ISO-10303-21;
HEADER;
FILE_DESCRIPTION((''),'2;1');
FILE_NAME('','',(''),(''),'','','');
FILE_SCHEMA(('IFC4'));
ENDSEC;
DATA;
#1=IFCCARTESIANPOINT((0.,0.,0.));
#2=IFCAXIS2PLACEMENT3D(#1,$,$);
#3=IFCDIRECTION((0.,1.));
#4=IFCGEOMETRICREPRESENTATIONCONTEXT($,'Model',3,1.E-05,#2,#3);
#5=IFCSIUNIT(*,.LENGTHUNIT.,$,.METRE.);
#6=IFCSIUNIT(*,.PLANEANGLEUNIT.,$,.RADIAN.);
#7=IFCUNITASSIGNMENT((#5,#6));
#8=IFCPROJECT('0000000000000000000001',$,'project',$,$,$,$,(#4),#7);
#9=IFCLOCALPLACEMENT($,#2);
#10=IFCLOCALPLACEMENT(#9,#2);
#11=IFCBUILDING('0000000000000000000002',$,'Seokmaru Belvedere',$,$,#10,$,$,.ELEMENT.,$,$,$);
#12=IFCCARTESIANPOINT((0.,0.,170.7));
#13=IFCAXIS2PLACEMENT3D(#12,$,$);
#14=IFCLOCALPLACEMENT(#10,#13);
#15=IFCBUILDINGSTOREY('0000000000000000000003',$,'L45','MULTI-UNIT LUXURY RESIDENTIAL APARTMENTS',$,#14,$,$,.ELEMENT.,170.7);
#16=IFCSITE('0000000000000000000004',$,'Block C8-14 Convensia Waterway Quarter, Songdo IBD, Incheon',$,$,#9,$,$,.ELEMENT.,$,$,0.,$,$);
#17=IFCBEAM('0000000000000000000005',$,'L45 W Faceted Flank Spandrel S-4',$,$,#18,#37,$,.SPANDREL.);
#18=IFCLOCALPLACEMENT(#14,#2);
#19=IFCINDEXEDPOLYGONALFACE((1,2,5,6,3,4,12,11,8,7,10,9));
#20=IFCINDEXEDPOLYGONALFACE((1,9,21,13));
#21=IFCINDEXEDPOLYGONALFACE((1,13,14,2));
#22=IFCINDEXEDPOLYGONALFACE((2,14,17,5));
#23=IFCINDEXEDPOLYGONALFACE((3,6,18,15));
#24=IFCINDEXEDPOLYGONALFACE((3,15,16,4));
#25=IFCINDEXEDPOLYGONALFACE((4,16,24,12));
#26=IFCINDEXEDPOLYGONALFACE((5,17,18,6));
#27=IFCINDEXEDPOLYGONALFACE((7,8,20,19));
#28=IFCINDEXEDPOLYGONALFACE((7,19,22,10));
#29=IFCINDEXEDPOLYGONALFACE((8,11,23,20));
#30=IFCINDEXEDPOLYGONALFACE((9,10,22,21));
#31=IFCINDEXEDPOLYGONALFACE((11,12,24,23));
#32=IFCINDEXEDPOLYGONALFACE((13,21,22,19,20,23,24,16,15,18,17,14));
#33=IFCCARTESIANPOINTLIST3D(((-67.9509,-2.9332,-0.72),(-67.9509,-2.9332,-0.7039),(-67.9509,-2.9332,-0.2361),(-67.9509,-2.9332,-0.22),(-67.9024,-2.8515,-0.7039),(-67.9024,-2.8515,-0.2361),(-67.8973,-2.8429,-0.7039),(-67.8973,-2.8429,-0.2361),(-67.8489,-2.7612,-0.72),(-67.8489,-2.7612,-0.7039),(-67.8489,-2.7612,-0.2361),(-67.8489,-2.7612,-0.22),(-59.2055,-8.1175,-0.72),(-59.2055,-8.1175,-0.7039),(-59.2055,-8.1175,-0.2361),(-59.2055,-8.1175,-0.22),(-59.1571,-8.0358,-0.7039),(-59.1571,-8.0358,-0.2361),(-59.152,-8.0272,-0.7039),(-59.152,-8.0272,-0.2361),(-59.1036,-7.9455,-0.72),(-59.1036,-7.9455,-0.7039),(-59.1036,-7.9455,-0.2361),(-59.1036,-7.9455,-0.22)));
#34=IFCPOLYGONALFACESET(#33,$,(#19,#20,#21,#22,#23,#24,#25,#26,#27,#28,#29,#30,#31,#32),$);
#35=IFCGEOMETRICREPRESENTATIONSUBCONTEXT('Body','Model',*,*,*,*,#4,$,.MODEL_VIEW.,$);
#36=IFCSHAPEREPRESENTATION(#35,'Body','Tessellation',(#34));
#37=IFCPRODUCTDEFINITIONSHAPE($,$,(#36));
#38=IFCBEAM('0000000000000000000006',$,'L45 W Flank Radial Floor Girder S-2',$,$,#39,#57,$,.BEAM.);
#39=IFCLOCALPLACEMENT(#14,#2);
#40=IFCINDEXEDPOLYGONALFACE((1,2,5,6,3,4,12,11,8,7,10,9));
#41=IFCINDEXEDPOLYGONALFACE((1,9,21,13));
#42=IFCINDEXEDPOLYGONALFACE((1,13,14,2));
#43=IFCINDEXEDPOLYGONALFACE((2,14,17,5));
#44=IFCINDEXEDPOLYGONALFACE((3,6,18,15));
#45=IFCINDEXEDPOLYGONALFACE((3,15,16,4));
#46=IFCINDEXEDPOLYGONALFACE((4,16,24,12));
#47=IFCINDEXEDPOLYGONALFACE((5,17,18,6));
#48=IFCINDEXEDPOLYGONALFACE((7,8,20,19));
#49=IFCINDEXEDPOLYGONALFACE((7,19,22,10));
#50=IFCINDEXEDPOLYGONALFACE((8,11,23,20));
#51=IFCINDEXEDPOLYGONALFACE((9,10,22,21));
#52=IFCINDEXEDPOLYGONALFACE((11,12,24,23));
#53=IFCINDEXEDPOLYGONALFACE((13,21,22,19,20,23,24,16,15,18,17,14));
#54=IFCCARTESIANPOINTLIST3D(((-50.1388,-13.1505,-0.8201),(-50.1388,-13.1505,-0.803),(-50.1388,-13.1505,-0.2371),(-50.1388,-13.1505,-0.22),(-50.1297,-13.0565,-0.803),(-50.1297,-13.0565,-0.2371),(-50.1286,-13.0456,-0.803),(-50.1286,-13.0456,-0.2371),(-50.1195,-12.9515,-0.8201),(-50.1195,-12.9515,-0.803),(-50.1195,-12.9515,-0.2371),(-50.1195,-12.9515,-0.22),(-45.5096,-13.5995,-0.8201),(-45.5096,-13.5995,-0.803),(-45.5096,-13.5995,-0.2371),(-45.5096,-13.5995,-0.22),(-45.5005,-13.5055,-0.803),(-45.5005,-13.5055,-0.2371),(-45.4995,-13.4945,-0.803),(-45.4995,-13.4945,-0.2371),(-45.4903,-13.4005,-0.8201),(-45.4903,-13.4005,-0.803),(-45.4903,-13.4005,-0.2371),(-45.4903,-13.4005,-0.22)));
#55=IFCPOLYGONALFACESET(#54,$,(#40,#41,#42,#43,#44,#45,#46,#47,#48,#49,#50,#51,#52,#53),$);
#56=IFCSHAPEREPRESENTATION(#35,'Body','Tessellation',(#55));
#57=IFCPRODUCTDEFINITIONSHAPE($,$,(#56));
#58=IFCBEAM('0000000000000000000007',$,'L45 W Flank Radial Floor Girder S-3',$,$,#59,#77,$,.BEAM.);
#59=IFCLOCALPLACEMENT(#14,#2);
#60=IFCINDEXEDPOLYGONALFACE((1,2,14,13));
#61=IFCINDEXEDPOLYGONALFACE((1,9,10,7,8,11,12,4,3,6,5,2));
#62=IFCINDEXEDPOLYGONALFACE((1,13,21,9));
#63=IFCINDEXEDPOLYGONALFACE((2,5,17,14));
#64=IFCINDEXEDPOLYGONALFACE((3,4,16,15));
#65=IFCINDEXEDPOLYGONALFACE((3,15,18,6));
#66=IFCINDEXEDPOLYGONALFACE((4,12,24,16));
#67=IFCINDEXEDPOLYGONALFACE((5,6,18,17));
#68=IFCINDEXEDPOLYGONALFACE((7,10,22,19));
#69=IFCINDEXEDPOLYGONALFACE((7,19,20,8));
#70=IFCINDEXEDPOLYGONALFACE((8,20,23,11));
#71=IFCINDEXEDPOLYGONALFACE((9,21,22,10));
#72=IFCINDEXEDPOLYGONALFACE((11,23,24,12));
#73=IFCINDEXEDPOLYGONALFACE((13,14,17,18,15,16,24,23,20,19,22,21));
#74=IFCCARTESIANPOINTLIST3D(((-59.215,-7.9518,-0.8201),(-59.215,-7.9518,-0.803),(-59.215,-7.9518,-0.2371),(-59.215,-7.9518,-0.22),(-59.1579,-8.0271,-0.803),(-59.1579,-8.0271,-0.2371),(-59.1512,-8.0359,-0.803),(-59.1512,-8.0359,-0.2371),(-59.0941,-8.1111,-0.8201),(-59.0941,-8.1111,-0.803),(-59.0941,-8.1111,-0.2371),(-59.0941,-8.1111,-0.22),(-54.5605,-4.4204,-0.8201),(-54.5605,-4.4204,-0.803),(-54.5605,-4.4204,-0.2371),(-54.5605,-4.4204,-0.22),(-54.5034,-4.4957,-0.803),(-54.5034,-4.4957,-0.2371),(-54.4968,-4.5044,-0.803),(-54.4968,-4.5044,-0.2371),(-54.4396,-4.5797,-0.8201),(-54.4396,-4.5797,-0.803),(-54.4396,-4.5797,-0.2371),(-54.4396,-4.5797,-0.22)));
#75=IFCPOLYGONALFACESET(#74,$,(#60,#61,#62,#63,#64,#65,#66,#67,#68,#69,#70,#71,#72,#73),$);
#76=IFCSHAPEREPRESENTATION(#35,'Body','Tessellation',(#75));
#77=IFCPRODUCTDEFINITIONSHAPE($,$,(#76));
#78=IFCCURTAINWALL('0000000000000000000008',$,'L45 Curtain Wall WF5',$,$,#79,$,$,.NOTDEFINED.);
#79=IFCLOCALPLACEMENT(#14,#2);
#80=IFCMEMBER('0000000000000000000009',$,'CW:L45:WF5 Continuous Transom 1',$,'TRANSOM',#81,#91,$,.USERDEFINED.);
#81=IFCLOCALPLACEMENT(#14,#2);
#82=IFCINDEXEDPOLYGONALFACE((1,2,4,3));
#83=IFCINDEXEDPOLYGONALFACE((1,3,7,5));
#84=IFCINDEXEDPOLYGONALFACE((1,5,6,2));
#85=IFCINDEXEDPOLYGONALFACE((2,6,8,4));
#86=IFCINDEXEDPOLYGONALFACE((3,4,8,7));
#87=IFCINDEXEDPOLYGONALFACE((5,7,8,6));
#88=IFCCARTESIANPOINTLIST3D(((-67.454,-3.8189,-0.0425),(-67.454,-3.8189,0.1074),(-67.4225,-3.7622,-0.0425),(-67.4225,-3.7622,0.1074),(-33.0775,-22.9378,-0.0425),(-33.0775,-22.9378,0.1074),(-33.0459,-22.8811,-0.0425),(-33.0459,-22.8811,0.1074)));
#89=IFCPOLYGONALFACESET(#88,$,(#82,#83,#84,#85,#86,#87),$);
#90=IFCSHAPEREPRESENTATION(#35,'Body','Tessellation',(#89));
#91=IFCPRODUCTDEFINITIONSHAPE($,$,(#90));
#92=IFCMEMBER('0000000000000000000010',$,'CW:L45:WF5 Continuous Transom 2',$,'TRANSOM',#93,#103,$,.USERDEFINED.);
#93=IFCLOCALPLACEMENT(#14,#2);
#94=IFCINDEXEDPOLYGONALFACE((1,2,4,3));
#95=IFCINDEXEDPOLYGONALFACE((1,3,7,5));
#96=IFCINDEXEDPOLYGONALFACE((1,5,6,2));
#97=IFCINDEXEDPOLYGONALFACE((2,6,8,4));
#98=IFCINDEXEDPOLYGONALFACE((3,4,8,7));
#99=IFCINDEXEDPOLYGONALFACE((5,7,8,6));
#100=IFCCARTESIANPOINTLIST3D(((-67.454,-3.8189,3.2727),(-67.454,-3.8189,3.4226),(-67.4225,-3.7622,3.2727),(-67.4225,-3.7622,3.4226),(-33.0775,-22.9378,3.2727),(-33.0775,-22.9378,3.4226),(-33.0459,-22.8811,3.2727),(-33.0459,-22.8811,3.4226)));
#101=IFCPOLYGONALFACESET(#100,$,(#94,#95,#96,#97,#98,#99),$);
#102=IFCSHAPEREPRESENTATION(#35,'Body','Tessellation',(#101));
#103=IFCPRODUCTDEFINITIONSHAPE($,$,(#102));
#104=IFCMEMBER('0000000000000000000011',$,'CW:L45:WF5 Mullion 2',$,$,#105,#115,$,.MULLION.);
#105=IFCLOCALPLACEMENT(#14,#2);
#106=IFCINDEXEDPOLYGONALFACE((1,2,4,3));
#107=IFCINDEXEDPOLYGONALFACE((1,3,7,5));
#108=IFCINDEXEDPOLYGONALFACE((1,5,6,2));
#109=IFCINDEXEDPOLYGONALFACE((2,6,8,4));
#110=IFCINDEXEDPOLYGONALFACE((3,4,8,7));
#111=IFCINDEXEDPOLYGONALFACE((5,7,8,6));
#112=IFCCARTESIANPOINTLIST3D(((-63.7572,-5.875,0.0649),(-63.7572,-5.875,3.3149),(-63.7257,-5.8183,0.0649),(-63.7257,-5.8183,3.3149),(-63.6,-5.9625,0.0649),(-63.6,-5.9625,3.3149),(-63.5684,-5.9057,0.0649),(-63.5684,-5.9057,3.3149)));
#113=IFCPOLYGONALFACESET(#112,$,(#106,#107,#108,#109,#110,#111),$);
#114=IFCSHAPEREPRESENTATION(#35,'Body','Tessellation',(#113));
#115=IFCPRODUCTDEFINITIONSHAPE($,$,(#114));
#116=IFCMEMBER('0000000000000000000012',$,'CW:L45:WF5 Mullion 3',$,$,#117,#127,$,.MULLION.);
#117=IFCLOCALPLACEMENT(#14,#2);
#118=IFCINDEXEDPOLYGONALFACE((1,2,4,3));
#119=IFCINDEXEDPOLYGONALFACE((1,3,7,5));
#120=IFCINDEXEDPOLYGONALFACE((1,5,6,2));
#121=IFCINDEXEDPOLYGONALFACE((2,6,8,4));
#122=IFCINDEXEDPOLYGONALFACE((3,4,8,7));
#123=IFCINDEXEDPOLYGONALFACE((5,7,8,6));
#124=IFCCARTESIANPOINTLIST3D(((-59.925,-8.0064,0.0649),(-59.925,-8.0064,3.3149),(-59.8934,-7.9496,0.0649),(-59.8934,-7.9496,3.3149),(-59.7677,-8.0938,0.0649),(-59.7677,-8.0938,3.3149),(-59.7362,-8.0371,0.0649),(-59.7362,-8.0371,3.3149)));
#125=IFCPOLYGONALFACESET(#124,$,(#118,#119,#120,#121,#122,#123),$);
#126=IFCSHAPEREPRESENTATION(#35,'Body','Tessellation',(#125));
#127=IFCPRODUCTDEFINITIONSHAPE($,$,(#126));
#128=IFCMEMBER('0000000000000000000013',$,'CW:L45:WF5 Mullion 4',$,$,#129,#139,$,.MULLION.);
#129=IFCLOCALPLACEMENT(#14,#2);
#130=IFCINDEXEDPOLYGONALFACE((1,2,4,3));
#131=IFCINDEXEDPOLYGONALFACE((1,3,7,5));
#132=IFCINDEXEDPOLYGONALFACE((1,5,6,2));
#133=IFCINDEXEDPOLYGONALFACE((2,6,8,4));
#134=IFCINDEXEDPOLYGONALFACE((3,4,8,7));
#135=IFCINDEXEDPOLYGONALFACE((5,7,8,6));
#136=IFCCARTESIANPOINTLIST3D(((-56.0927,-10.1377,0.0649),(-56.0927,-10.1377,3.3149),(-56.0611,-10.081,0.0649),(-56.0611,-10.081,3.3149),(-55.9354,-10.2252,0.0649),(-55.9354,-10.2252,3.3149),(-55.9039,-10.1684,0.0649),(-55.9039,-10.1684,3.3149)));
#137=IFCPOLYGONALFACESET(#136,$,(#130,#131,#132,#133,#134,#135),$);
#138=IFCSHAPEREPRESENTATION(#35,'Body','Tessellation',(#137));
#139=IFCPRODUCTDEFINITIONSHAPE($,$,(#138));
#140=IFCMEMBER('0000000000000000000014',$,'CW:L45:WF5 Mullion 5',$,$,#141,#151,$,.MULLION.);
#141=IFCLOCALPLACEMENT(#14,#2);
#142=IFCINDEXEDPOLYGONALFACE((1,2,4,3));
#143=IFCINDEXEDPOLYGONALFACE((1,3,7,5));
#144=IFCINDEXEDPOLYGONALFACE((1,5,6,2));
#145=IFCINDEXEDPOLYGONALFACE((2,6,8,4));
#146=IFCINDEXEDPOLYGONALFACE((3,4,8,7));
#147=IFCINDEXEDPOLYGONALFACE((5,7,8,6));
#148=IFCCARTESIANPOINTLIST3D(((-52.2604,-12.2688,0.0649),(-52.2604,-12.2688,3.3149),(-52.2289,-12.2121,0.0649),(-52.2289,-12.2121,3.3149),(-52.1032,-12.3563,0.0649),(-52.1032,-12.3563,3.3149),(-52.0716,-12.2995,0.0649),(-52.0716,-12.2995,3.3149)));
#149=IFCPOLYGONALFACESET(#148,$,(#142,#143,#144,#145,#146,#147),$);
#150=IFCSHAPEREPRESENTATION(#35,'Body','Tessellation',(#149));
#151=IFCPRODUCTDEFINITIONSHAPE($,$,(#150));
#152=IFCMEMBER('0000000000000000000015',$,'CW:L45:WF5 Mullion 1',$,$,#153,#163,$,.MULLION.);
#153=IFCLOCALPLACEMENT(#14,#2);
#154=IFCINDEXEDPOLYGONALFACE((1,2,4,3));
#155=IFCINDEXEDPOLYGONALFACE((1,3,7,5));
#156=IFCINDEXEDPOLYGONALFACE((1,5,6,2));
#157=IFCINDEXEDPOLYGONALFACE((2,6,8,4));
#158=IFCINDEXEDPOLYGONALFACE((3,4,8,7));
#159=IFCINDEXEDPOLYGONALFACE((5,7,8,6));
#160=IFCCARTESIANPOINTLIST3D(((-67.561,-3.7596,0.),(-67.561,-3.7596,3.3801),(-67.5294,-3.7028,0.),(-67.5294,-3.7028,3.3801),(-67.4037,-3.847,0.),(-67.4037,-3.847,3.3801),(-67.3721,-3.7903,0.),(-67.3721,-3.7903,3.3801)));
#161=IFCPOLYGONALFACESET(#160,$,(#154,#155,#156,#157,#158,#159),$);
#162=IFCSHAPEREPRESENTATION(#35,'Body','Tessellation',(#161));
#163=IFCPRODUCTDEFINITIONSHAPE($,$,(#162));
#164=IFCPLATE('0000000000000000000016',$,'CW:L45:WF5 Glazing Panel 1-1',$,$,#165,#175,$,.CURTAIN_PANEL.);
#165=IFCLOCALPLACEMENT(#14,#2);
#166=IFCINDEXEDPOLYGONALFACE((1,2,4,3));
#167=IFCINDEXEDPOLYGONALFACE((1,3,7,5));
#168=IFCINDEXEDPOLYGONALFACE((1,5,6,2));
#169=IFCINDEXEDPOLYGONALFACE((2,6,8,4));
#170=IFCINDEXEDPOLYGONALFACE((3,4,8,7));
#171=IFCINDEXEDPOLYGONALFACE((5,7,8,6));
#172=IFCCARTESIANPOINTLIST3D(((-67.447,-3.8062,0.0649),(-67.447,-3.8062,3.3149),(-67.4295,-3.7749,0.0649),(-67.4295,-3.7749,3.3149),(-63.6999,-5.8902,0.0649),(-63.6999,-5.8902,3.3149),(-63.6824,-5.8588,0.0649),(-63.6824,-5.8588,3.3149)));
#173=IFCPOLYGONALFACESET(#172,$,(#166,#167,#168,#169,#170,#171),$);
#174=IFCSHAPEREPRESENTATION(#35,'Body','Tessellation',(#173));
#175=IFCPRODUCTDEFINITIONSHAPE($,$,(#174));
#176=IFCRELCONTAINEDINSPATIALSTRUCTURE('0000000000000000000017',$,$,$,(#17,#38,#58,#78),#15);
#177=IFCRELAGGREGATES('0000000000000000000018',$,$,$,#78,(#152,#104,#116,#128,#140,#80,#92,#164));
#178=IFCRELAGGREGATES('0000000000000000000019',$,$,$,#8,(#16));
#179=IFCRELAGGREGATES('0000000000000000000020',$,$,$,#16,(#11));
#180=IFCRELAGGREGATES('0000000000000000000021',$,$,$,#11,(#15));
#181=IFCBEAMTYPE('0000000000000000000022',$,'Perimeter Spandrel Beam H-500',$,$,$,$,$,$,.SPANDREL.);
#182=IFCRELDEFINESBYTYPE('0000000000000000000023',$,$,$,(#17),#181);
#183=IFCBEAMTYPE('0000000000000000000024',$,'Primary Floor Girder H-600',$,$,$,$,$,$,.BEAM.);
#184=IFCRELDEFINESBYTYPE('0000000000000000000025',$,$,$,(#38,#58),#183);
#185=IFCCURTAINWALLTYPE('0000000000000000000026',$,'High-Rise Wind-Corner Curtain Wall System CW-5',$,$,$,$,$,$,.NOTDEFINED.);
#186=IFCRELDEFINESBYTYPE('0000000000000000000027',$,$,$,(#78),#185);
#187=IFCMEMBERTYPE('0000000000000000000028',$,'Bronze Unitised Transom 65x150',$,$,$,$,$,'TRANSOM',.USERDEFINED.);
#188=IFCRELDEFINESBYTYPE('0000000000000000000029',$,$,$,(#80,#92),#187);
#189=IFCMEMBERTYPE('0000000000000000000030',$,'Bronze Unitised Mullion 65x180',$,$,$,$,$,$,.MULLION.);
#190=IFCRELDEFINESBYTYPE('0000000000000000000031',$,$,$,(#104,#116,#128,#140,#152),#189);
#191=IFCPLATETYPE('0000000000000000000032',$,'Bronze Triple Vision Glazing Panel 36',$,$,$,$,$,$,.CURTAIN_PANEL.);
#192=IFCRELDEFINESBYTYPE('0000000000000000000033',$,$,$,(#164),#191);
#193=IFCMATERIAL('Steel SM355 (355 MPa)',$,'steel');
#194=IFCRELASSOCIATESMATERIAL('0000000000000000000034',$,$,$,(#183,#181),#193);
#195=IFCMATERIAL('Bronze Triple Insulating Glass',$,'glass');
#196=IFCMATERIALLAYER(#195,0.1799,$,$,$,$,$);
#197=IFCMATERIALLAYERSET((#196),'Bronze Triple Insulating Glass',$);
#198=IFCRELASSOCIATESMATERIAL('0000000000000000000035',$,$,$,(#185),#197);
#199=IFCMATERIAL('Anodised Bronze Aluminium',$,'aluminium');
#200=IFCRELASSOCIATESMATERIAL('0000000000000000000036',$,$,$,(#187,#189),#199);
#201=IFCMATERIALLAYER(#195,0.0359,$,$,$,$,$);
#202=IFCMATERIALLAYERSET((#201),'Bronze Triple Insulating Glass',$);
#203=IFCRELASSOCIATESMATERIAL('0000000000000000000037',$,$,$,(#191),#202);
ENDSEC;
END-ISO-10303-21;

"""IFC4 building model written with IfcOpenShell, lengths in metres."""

from ifc_helpers import new_model, si_unit, direction, frame, origin, origin_2d, place, context, subcontext, project, spatial, rectangle, i_section, extrude, source, transform, mapped, material, layer, layer_set, material_profile, profile_set, type_object, type_shapes, element, aggregate, save


model = new_model("IFC4")

# Units and contexts
model_context = context("Model", 3, precision=1e-05, world=origin(), true_north=direction((0.0, 1.0)))
body_context = subcontext(model_context, "Body", "Model", "MODEL_VIEW")
ifc_project = project(units=[si_unit("LENGTHUNIT", "METRE"), si_unit("PLANEANGLEUNIT", "RADIAN")], contexts=[model_context])

# Site, building, storey
site_placement = place(None, origin())
site = spatial("IfcSite", under=ifc_project, at=site_placement, Name="Block C8-14 Convensia Waterway Quarter, Songdo IBD, Incheon", CompositionType="ELEMENT", RefElevation=0.0)
building_placement = place(site_placement, origin())
building = spatial("IfcBuilding", under=site, at=building_placement, Name="Seokmaru Belvedere", CompositionType="ELEMENT")
storey_placement = place(building_placement, frame((0.0, 0.0, 170.7)))
storey = spatial("IfcBuildingStorey", under=building, at=storey_placement, Name="L45", Description="MULTI-UNIT LUXURY RESIDENTIAL APARTMENTS", CompositionType="ELEMENT", Elevation=170.7)

# Shared definitions
ifc_material_1 = material(Name="Steel SM355 (355 MPa)", Category="steel")

# Beams
ifc_material_profile_1 = material_profile(ifc_material_1, i_section(OverallWidth=0.2, OverallDepth=0.6001, WebThickness=0.011, FlangeThickness=0.0171, at=origin_2d()), Name="H-600x200x11x17")
ifc_profile_set_1 = profile_set([ifc_material_profile_1], Name="Steel SM355 (355 MPa)")
beam_type_1 = type_object("IfcBeamType", Name="Primary Floor Girder H-600", PredefinedType="BEAM", material=ifc_profile_set_1)
ifc_material_profile_2 = material_profile(ifc_material_1, i_section(OverallWidth=0.2, OverallDepth=0.5, WebThickness=0.01, FlangeThickness=0.0161, at=origin_2d()), Name="H-500x200x10x16")
ifc_profile_set_2 = profile_set([ifc_material_profile_2], Name="Steel SM355 (355 MPa)")
beam_type_2 = type_object("IfcBeamType", Name="Perimeter Spandrel Beam H-500", PredefinedType="SPANDREL", material=ifc_profile_set_2)
shared_shape_1 = source(origin(), body_context, "Body", "SweptSolid", [
    extrude(i_section(OverallWidth=0.2, OverallDepth=0.5, WebThickness=0.01, FlangeThickness=0.0161, at=origin_2d()), origin(), (0.0, 0.0, 1.0), 10.1665),
])
beam_1_placement = place(storey_placement, frame((-59.1545, -8.0315, -0.47), z_axis=(-0.86021, 0.50994, 0.0), x_axis=(-0.50994, -0.86021, 0.0)))
element("IfcBeam", 1, at=beam_1_placement, inside=storey, type_object=beam_type_2, Name="L45 W Faceted Flank Spandrel S-4", PredefinedType="SPANDREL", context=body_context, shape_type="MappedRepresentation", body=[
    mapped(shared_shape_1, transform((0.0, 0.0, 0.0), scale=1.0)),
])
shared_shape_2 = source(origin(), body_context, "Body", "SweptSolid", [
    extrude(i_section(OverallWidth=0.2, OverallDepth=0.6001, WebThickness=0.011, FlangeThickness=0.0171, at=origin_2d()), origin(), (0.0, 0.0, 1.0), 4.6509),
])
beam_2_placement = place(storey_placement, frame((-50.1292, -13.051, -0.52), z_axis=(0.99533, -0.096536, 0.0), x_axis=(0.096536, 0.99533, 0.0)))
element("IfcBeam", 2, at=beam_2_placement, inside=storey, type_object=beam_type_1, Name="L45 W Flank Radial Floor Girder S-2", PredefinedType="BEAM", context=body_context, shape_type="MappedRepresentation", body=[
    mapped(shared_shape_2, transform((0.0, 0.0, 0.0), scale=1.0)),
])
shared_shape_3 = source(origin(), body_context, "Body", "SweptSolid", [
    extrude(i_section(OverallWidth=0.2, OverallDepth=0.6001, WebThickness=0.011, FlangeThickness=0.0171, at=origin_2d()), origin(), (0.0, 0.0, 1.0), 5.8425),
])
beam_3_placement = place(storey_placement, frame((-59.1545, -8.0315, -0.52), z_axis=(0.796653, 0.604437, 0.0), x_axis=(-0.604437, 0.796653, 0.0)))
element("IfcBeam", 3, at=beam_3_placement, inside=storey, type_object=beam_type_1, Name="L45 W Flank Radial Floor Girder S-3", PredefinedType="BEAM", context=body_context, shape_type="MappedRepresentation", body=[
    mapped(shared_shape_3, transform((0.0, 0.0, 0.0), scale=1.0)),
])

# Curtain wall, members, plate
ifc_material_2 = material(Name="Bronze Triple Insulating Glass", Category="glass")
ifc_layer_1 = layer(ifc_material_2, 0.1799)
ifc_layer_set_1 = layer_set([ifc_layer_1], Name="Bronze Triple Insulating Glass")
curtain_wall_type = type_object("IfcCurtainWallType", Name="High-Rise Wind-Corner Curtain Wall System CW-5", PredefinedType="NOTDEFINED", material=ifc_layer_set_1)
curtain_wall_placement = place(storey_placement, origin())
curtain_wall = element("IfcCurtainWall", 4, at=curtain_wall_placement, inside=storey, type_object=curtain_wall_type, Name="L45 Curtain Wall WF5", PredefinedType="NOTDEFINED")
ifc_material_3 = material(Name="Anodised Bronze Aluminium", Category="aluminium")
ifc_material_profile_3 = material_profile(ifc_material_3, rectangle(XDim=0.0649, YDim=0.1499, at=origin_2d()), Name="CW-T-65x150")
ifc_profile_set_3 = profile_set([ifc_material_profile_3], Name="Anodised Bronze Aluminium")
member_type_1 = type_object("IfcMemberType", Name="Bronze Unitised Transom 65x150", ElementType="TRANSOM", PredefinedType="USERDEFINED", material=ifc_profile_set_3)
shared_shape_4 = source(origin(), body_context, "Body", "SweptSolid", [
    extrude(rectangle(XDim=0.0649, YDim=0.1499, at=origin_2d()), origin(), (0.0, 0.0, 1.0), 39.3354),
])
type_shapes(member_type_1, [shared_shape_4])
member_1_placement = place(storey_placement, frame((-67.4382, -3.7905, 0.0325), z_axis=(0.873932, -0.486048, 0.0), x_axis=(0.486048, 0.873932, 0.0)))
member_1 = element("IfcMember", 5, at=member_1_placement, type_object=member_type_1, Name="CW:L45:WF5 Continuous Transom 1", ObjectType="TRANSOM", PredefinedType="USERDEFINED", context=body_context, shape_type="MappedRepresentation", body=[
    mapped(shared_shape_4, transform((0.0, 0.0, 0.0), scale=1.0)),
])
member_2_placement = place(storey_placement, frame((-67.4382, -3.7905, 3.3477), z_axis=(0.873932, -0.486048, 0.0), x_axis=(0.486048, 0.873932, 0.0)))
member_2 = element("IfcMember", 6, at=member_2_placement, type_object=member_type_1, Name="CW:L45:WF5 Continuous Transom 2", ObjectType="TRANSOM", PredefinedType="USERDEFINED", context=body_context, shape_type="MappedRepresentation", body=[
    mapped(shared_shape_4, transform((0.0, 0.0, 0.0), scale=1.0)),
])
ifc_material_profile_4 = material_profile(ifc_material_3, rectangle(XDim=0.0649, YDim=0.1799, at=origin_2d()), Name="CW-M-65x180")
ifc_profile_set_4 = profile_set([ifc_material_profile_4], Name="Anodised Bronze Aluminium")
member_type_2 = type_object("IfcMemberType", Name="Bronze Unitised Mullion 65x180", PredefinedType="MULLION", material=ifc_profile_set_4)
shared_shape_5 = source(origin(), body_context, "Body", "SweptSolid", [
    extrude(rectangle(XDim=0.0649, YDim=0.1799, at=origin_2d()), origin(), (0.0, 0.0, 1.0), 3.25),
])
member_3_placement = place(storey_placement, frame((-63.6628, -5.8904, 0.0649), z_axis=(0.0, 0.0, 1.0), x_axis=(0.486047, 0.873933, 0.0)))
member_3 = element("IfcMember", 7, at=member_3_placement, type_object=member_type_2, Name="CW:L45:WF5 Mullion 2", PredefinedType="MULLION", context=body_context, shape_type="MappedRepresentation", body=[
    mapped(shared_shape_5, transform((0.0, 0.0, 0.0), scale=1.0)),
])
member_4_placement = place(storey_placement, frame((-59.8306, -8.0217, 0.0649), z_axis=(0.0, 0.0, 1.0), x_axis=(0.486047, 0.873933, 0.0)))
member_4 = element("IfcMember", 8, at=member_4_placement, type_object=member_type_2, Name="CW:L45:WF5 Mullion 3", PredefinedType="MULLION", context=body_context, shape_type="MappedRepresentation", body=[
    mapped(shared_shape_5, transform((0.0, 0.0, 0.0), scale=1.0)),
])
member_5_placement = place(storey_placement, frame((-55.9983, -10.1531, 0.0649), z_axis=(0.0, 0.0, 1.0), x_axis=(0.486047, 0.873933, 0.0)))
member_5 = element("IfcMember", 9, at=member_5_placement, type_object=member_type_2, Name="CW:L45:WF5 Mullion 4", PredefinedType="MULLION", context=body_context, shape_type="MappedRepresentation", body=[
    mapped(shared_shape_5, transform((0.0, 0.0, 0.0), scale=1.0)),
])
member_6_placement = place(storey_placement, frame((-52.166, -12.2842, 0.0649), z_axis=(0.0, 0.0, 1.0), x_axis=(0.486047, 0.873933, 0.0)))
member_6 = element("IfcMember", 10, at=member_6_placement, type_object=member_type_2, Name="CW:L45:WF5 Mullion 5", PredefinedType="MULLION", context=body_context, shape_type="MappedRepresentation", body=[
    mapped(shared_shape_5, transform((0.0, 0.0, 0.0), scale=1.0)),
])
shared_shape_6 = source(origin(), body_context, "Body", "SweptSolid", [
    extrude(rectangle(XDim=0.0649, YDim=0.1799, at=origin_2d()), origin(), (0.0, 0.0, 1.0), 3.3801),
])
type_shapes(member_type_2, [shared_shape_5, shared_shape_6])
member_7_placement = place(storey_placement, frame((-67.4666, -3.7749, 0.0), z_axis=(0.0, 0.0, 1.0), x_axis=(0.486047, 0.873933, 0.0)))
member_7 = element("IfcMember", 11, at=member_7_placement, type_object=member_type_2, Name="CW:L45:WF5 Mullion 1", PredefinedType="MULLION", context=body_context, shape_type="MappedRepresentation", body=[
    mapped(shared_shape_6, transform((0.0, 0.0, 0.0), scale=1.0)),
])
ifc_layer_2 = layer(ifc_material_2, 0.0359)
ifc_layer_set_2 = layer_set([ifc_layer_2], Name="Bronze Triple Insulating Glass")
plate_type = type_object("IfcPlateType", Name="Bronze Triple Vision Glazing Panel 36", PredefinedType="CURTAIN_PANEL", material=ifc_layer_set_2)
shared_shape_7 = source(origin(), body_context, "Body", "SweptSolid", [
    extrude(rectangle(XDim=4.2876, YDim=0.0359, at=origin_2d()), origin(), (0.0, 0.0, 1.0), 3.25),
])
plate_1_placement = place(storey_placement, frame((-65.5647, -4.8325, 0.0649), z_axis=(0.0, 0.0, 1.0), x_axis=(0.873933, -0.486047, 0.0)))
plate_1 = element("IfcPlate", 12, at=plate_1_placement, type_object=plate_type, Name="CW:L45:WF5 Glazing Panel 1-1", PredefinedType="CURTAIN_PANEL", context=body_context, shape_type="MappedRepresentation", body=[
    mapped(shared_shape_7, transform((0.0, 0.0, 0.0), scale=1.0)),
])
aggregate(curtain_wall, [member_7, member_3, member_4, member_5, member_6, member_1, member_2, plate_1])

save(model, "model.ifc")
